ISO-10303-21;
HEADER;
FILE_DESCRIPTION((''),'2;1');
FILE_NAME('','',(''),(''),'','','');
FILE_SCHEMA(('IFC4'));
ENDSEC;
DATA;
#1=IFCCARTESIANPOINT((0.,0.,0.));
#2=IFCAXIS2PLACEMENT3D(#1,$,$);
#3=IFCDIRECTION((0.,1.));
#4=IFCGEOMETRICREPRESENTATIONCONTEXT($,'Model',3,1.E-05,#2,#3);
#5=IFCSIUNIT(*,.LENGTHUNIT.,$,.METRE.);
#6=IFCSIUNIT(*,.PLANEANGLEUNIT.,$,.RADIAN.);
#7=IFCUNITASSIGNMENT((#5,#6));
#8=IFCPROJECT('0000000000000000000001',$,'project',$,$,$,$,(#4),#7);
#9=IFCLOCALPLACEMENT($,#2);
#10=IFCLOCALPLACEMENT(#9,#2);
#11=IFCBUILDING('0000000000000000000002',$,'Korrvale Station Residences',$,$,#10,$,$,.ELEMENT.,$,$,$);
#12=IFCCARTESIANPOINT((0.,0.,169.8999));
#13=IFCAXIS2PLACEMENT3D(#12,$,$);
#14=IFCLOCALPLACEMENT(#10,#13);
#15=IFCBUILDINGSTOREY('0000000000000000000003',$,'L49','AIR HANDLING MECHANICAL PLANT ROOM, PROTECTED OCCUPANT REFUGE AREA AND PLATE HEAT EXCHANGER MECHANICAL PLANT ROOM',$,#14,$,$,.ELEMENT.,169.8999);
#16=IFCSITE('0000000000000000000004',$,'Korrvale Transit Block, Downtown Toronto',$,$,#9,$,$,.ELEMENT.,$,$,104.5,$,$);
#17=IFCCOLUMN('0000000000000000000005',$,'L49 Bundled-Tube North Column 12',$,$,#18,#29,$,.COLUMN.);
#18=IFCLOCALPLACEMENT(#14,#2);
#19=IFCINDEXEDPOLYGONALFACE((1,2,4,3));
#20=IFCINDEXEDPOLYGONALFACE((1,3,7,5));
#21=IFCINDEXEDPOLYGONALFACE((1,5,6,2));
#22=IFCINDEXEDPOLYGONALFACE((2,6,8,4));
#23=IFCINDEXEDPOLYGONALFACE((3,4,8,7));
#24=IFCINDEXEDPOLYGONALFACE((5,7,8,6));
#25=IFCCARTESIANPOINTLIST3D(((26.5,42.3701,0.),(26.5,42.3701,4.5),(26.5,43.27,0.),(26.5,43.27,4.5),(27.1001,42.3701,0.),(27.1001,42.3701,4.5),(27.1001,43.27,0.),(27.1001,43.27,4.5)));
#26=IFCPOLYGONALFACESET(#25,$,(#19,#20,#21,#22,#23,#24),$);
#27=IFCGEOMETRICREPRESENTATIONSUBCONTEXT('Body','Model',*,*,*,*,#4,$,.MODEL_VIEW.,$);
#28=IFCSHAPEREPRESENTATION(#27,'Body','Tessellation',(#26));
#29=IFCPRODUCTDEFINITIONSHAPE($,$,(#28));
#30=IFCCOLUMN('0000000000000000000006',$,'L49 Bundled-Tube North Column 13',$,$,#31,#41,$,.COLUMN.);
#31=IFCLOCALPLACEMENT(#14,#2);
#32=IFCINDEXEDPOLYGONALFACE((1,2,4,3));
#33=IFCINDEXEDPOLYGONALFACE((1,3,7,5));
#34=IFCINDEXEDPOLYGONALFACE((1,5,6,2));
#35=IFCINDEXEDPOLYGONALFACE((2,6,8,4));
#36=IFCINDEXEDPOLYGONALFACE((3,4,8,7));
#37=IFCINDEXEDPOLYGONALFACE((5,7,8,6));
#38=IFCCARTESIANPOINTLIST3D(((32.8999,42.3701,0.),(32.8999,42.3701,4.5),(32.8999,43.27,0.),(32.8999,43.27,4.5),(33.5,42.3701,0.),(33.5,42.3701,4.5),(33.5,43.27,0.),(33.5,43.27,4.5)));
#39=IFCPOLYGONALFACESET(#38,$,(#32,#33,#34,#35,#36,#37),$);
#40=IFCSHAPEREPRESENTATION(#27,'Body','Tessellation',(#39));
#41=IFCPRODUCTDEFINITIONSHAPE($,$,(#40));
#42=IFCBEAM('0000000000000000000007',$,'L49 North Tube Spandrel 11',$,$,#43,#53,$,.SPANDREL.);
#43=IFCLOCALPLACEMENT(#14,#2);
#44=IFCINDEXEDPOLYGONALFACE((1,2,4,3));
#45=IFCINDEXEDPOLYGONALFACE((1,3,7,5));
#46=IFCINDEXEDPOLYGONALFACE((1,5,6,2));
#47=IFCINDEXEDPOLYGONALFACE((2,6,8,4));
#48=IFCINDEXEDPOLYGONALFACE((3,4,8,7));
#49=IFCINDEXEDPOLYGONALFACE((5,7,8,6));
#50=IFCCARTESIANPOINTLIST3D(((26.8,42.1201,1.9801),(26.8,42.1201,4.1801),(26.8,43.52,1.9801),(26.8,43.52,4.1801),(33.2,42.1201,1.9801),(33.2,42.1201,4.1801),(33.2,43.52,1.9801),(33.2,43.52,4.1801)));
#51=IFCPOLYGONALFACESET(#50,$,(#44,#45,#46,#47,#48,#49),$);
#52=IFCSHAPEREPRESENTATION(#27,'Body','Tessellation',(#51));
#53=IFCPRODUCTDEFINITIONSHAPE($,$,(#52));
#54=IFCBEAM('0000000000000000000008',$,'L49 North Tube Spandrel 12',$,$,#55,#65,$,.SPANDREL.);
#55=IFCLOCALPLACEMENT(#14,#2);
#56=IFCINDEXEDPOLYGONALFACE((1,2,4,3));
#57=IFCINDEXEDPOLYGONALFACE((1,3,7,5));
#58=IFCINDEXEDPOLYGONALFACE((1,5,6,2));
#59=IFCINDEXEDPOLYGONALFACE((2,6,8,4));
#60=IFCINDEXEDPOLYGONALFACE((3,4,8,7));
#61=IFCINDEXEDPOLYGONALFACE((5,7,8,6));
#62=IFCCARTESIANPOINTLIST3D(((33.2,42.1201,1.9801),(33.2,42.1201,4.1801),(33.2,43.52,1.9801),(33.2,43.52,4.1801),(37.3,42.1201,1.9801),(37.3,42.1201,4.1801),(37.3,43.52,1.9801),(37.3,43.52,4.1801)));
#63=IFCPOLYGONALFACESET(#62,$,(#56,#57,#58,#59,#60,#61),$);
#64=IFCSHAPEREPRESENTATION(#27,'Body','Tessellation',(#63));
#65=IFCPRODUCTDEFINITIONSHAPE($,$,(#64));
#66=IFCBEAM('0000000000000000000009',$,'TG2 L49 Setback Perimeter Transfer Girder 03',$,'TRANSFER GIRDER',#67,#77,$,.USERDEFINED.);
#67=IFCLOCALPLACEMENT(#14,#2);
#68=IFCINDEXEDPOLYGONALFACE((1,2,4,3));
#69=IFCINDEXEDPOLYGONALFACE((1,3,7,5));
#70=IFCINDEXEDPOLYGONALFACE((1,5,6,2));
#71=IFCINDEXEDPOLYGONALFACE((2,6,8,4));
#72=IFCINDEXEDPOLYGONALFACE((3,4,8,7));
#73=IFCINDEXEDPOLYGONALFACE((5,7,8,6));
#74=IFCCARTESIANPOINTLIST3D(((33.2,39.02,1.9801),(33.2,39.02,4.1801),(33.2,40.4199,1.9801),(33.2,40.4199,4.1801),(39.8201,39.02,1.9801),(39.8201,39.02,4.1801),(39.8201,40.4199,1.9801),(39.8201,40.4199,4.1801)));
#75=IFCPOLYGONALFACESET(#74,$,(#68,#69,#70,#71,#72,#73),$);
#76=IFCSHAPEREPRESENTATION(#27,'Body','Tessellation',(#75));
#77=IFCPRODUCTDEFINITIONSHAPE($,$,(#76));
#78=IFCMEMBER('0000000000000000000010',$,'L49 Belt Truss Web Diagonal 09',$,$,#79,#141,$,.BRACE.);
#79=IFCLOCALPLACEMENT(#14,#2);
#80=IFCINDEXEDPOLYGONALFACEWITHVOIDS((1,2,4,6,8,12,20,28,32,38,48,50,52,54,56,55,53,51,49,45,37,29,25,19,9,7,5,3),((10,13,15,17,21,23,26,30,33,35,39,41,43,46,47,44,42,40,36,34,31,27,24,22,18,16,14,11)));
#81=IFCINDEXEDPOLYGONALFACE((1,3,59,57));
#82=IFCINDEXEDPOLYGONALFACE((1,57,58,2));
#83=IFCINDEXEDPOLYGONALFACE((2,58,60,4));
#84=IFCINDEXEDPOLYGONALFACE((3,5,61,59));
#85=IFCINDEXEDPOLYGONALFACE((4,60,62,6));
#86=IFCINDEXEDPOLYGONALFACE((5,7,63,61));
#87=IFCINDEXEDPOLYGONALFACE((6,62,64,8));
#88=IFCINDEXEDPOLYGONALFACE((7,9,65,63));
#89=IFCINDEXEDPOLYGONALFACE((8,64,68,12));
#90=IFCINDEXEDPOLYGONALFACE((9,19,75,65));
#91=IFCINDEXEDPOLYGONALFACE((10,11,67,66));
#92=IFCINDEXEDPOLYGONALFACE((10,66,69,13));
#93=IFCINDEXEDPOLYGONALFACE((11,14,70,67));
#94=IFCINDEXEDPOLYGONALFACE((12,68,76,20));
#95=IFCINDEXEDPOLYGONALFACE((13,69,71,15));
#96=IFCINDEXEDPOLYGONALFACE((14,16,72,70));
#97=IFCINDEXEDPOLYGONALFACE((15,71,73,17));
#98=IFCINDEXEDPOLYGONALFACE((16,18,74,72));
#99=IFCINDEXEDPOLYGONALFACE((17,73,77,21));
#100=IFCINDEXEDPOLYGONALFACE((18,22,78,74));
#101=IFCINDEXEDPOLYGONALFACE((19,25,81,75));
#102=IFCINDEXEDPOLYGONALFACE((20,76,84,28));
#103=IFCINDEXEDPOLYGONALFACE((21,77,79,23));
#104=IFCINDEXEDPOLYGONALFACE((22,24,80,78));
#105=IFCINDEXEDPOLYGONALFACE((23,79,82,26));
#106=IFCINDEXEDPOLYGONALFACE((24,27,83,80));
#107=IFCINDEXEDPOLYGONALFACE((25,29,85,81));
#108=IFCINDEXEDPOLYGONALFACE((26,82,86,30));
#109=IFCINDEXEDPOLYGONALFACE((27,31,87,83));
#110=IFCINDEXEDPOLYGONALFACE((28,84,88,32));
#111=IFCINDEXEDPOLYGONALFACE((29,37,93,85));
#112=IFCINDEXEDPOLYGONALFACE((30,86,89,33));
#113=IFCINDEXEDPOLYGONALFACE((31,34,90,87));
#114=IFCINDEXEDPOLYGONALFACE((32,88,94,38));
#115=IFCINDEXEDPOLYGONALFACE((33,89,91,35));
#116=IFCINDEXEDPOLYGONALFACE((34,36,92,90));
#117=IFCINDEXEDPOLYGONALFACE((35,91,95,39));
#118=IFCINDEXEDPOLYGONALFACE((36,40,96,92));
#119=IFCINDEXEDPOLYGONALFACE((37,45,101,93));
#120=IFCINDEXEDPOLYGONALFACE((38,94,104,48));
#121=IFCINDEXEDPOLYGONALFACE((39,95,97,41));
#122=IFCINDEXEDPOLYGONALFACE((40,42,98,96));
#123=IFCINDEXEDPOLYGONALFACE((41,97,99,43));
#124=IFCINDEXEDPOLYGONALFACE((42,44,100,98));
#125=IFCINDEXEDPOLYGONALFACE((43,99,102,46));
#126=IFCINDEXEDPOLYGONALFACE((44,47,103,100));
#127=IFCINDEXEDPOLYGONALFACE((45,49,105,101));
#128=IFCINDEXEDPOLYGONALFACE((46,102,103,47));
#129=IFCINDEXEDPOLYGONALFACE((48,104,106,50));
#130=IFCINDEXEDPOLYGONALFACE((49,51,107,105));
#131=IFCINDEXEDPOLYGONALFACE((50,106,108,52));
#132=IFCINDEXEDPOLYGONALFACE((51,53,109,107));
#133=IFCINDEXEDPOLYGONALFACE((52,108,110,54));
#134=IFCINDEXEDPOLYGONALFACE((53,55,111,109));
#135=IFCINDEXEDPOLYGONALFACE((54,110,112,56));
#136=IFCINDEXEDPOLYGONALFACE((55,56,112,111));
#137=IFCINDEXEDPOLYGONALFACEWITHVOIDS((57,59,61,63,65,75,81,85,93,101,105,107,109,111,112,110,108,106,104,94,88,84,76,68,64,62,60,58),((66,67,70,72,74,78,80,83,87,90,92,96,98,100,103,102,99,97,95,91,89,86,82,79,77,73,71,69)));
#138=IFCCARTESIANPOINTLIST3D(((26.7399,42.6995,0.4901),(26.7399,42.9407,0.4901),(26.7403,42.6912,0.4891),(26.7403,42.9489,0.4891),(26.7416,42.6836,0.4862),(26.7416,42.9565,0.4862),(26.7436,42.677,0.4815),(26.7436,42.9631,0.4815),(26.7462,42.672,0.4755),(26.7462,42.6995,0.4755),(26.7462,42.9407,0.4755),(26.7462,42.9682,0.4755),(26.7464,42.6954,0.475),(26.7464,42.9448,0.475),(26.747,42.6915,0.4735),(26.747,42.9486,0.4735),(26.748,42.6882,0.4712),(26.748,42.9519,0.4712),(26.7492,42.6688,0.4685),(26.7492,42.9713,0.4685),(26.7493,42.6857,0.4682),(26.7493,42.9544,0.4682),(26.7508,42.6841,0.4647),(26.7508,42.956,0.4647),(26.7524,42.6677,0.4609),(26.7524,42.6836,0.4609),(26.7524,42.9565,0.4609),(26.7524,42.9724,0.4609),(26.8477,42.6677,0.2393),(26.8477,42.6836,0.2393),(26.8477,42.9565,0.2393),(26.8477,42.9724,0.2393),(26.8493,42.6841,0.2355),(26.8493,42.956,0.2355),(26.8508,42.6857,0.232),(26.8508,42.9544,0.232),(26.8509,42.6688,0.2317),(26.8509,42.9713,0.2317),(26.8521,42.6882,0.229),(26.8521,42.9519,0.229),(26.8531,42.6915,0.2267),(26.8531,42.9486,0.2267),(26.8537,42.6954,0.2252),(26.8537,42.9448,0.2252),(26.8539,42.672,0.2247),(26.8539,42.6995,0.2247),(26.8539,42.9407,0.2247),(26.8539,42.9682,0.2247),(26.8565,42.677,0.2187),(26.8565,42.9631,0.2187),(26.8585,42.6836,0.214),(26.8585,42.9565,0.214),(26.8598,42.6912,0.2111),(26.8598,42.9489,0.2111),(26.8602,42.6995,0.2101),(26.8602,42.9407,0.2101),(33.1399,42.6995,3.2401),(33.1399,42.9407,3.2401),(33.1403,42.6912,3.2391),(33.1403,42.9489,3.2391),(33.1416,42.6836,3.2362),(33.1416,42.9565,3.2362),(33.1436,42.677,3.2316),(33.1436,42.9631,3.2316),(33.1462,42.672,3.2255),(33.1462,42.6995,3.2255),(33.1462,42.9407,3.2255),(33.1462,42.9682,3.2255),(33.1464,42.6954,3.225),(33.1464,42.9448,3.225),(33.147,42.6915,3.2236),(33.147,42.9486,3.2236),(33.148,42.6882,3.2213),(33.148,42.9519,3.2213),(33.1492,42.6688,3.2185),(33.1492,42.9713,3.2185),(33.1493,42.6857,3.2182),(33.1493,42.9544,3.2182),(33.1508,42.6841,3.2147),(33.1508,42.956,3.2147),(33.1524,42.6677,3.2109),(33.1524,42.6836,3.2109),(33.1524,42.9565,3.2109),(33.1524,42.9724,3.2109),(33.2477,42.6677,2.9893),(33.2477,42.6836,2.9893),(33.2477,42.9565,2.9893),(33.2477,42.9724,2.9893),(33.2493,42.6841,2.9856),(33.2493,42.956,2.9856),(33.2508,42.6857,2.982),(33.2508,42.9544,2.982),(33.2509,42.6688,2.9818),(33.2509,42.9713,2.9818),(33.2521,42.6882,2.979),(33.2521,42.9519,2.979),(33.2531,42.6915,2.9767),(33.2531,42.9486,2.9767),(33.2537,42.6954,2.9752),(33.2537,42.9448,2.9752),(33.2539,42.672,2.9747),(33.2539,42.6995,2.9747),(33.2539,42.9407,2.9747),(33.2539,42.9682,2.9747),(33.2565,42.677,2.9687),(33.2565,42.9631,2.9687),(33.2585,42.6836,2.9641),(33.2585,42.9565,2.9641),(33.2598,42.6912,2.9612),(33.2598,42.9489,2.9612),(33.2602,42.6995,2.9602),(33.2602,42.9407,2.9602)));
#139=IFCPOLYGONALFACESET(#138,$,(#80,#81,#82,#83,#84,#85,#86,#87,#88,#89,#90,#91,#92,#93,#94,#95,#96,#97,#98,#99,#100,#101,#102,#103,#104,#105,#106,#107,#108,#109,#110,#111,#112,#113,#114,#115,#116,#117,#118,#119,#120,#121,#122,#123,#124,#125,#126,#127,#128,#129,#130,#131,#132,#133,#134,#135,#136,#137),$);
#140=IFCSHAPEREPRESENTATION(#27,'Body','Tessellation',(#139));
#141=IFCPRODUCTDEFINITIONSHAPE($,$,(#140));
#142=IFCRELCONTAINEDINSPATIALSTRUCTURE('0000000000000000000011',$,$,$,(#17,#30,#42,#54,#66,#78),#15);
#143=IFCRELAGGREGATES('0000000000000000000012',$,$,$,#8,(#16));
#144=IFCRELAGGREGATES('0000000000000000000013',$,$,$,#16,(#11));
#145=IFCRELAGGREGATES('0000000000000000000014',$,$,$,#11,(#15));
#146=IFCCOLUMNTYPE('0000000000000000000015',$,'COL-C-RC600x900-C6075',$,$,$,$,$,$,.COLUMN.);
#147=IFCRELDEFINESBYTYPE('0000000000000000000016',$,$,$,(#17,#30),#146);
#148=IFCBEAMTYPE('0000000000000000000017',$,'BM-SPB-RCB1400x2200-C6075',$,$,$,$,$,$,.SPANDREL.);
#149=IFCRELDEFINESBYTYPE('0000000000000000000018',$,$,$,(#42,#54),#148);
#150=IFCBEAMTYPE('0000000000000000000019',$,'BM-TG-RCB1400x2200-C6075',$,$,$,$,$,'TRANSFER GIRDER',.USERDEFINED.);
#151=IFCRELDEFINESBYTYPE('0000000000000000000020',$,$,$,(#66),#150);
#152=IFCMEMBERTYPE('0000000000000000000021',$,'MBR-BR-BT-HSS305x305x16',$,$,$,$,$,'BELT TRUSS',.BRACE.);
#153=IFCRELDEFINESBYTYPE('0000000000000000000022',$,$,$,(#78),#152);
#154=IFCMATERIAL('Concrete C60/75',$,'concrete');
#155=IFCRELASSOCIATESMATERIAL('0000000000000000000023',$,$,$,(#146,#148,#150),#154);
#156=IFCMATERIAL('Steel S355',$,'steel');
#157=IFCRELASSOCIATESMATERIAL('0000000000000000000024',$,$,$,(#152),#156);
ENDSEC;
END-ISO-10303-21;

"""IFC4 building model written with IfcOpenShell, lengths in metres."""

from ifc_helpers import new_model, si_unit, direction, frame, origin, origin_2d, place, context, subcontext, project, spatial, rectangle, hollow_rectangle, extrude, material, material_profile, profile_set, type_object, element, save


model = new_model("IFC4")

# Units and contexts
model_context = context("Model", 3, precision=1e-05, world=origin(), true_north=direction((0.0, 1.0)))
body_context = subcontext(model_context, "Body", "Model", "MODEL_VIEW")
ifc_project = project(units=[si_unit("LENGTHUNIT", "METRE"), si_unit("PLANEANGLEUNIT", "RADIAN")], contexts=[model_context])

# Site, building, storey
site_placement = place(None, origin())
site = spatial("IfcSite", under=ifc_project, at=site_placement, Name="Korrvale Transit Block, Downtown Toronto", CompositionType="ELEMENT", RefElevation=104.5)
building_placement = place(site_placement, origin())
building = spatial("IfcBuilding", under=site, at=building_placement, Name="Korrvale Station Residences", CompositionType="ELEMENT")
storey_placement = place(building_placement, frame((0.0, 0.0, 169.8999)))
storey = spatial("IfcBuildingStorey", under=building, at=storey_placement, Name="L49", Description="AIR HANDLING MECHANICAL PLANT ROOM, PROTECTED OCCUPANT REFUGE AREA AND PLATE HEAT EXCHANGER MECHANICAL PLANT ROOM", CompositionType="ELEMENT", Elevation=169.8999)

# Columns
ifc_material_1 = material(Name="Concrete C60/75", Category="concrete")
ifc_material_profile_1 = material_profile(ifc_material_1, rectangle(XDim=0.6001, YDim=0.8999, at=origin_2d()), Name="RC600x900")
ifc_profile_set_1 = profile_set([ifc_material_profile_1], Name="Concrete C60/75")
column_type = type_object("IfcColumnType", Name="COL-C-RC600x900-C6075", PredefinedType="COLUMN", material=ifc_profile_set_1)
for number, where, z_axis, x_axis, name in (
    (1, (26.8, 42.8201, 0.0), (0.0, 0.0, 1.0), (1.0, 0.0, 0.0), "L49 Bundled-Tube North Column 12"),
    (2, (33.2, 42.8201, 0.0), (0.0, 0.0, 1.0), (1.0, 0.0, 0.0), "L49 Bundled-Tube North Column 13"),
):
    element("IfcColumn", number, at=place(storey_placement, frame(where, z_axis=z_axis, x_axis=x_axis)), inside=storey, type_object=column_type, Name=name, PredefinedType="COLUMN", context=body_context, shape_type="SweptSolid", body=[
        extrude(rectangle(XDim=0.6001, YDim=0.8999, at=origin_2d()), origin(), (0.0, 0.0, 1.0), 4.5),
    ])

# Beams
ifc_material_profile_2 = material_profile(ifc_material_1, rectangle(XDim=1.3999, YDim=2.2, at=origin_2d()), Name="RCB1400x2200")
ifc_profile_set_2 = profile_set([ifc_material_profile_2], Name="Concrete C60/75")
beam_type_1 = type_object("IfcBeamType", Name="BM-SPB-RCB1400x2200-C6075", PredefinedType="SPANDREL", material=ifc_profile_set_2)
beam_1_placement = place(storey_placement, frame((26.8, 42.8201, 3.0801), z_axis=(1.0, 0.0, 0.0), x_axis=(0.0, 1.0, 0.0)))
element("IfcBeam", 3, at=beam_1_placement, inside=storey, type_object=beam_type_1, Name="L49 North Tube Spandrel 11", PredefinedType="SPANDREL", context=body_context, shape_type="SweptSolid", body=[
    extrude(rectangle(XDim=1.3999, YDim=2.2, at=origin_2d()), origin(), (0.0, 0.0, 1.0), 6.3999),
])
beam_2_placement = place(storey_placement, frame((33.2, 42.8201, 3.0801), z_axis=(1.0, 0.0, 0.0), x_axis=(0.0, 1.0, 0.0)))
element("IfcBeam", 4, at=beam_2_placement, inside=storey, type_object=beam_type_1, Name="L49 North Tube Spandrel 12", PredefinedType="SPANDREL", context=body_context, shape_type="SweptSolid", body=[
    extrude(rectangle(XDim=1.3999, YDim=2.2, at=origin_2d()), origin(), (0.0, 0.0, 1.0), 4.1001),
])
ifc_material_profile_3 = material_profile(ifc_material_1, rectangle(XDim=1.3999, YDim=2.2, at=origin_2d()), Name="RCB1400x2200")
ifc_profile_set_3 = profile_set([ifc_material_profile_3], Name="Concrete C60/75")
beam_type_2 = type_object("IfcBeamType", Name="BM-TG-RCB1400x2200-C6075", ElementType="TRANSFER GIRDER", PredefinedType="USERDEFINED", material=ifc_profile_set_3)
beam_3_placement = place(storey_placement, frame((33.2, 39.72, 3.0801), z_axis=(1.0, 0.0, 0.0), x_axis=(0.0, 1.0, 0.0)))
element("IfcBeam", 5, at=beam_3_placement, inside=storey, type_object=beam_type_2, Name="TG2 L49 Setback Perimeter Transfer Girder 03", ObjectType="TRANSFER GIRDER", PredefinedType="USERDEFINED", context=body_context, shape_type="SweptSolid", body=[
    extrude(rectangle(XDim=1.3999, YDim=2.2, at=origin_2d()), origin(), (0.0, 0.0, 1.0), 6.6201),
])

# Member
ifc_material_2 = material(Name="Steel S355", Category="steel")
ifc_material_profile_4 = material_profile(ifc_material_2, hollow_rectangle(XDim=0.3047, YDim=0.3047, WallThickness=0.0159, InnerFilletRadius=0.0159, OuterFilletRadius=0.0317, at=origin_2d()), Name="HSS305x305x16")
ifc_profile_set_4 = profile_set([ifc_material_profile_4], Name="Steel S355")
member_type_1 = type_object("IfcMemberType", Name="MBR-BR-BT-HSS305x305x16", ElementType="BELT TRUSS", PredefinedType="BRACE", material=ifc_profile_set_4)
member_1_placement = place(storey_placement, frame((26.8, 42.8201, 0.3501), z_axis=(0.918771, 0.0, 0.394791), x_axis=(0.0, 1.0, 0.0)))
element("IfcMember", 6, at=member_1_placement, inside=storey, type_object=member_type_1, Name="L49 Belt Truss Web Diagonal 09", PredefinedType="BRACE", context=body_context, shape_type="SweptSolid", body=[
    extrude(hollow_rectangle(XDim=0.3047, YDim=0.3047, WallThickness=0.0159, InnerFilletRadius=0.0159, OuterFilletRadius=0.0317, at=origin_2d()), origin(), (0.0, 0.0, 1.0), 6.9658),
])

save(model, "model.ifc")
